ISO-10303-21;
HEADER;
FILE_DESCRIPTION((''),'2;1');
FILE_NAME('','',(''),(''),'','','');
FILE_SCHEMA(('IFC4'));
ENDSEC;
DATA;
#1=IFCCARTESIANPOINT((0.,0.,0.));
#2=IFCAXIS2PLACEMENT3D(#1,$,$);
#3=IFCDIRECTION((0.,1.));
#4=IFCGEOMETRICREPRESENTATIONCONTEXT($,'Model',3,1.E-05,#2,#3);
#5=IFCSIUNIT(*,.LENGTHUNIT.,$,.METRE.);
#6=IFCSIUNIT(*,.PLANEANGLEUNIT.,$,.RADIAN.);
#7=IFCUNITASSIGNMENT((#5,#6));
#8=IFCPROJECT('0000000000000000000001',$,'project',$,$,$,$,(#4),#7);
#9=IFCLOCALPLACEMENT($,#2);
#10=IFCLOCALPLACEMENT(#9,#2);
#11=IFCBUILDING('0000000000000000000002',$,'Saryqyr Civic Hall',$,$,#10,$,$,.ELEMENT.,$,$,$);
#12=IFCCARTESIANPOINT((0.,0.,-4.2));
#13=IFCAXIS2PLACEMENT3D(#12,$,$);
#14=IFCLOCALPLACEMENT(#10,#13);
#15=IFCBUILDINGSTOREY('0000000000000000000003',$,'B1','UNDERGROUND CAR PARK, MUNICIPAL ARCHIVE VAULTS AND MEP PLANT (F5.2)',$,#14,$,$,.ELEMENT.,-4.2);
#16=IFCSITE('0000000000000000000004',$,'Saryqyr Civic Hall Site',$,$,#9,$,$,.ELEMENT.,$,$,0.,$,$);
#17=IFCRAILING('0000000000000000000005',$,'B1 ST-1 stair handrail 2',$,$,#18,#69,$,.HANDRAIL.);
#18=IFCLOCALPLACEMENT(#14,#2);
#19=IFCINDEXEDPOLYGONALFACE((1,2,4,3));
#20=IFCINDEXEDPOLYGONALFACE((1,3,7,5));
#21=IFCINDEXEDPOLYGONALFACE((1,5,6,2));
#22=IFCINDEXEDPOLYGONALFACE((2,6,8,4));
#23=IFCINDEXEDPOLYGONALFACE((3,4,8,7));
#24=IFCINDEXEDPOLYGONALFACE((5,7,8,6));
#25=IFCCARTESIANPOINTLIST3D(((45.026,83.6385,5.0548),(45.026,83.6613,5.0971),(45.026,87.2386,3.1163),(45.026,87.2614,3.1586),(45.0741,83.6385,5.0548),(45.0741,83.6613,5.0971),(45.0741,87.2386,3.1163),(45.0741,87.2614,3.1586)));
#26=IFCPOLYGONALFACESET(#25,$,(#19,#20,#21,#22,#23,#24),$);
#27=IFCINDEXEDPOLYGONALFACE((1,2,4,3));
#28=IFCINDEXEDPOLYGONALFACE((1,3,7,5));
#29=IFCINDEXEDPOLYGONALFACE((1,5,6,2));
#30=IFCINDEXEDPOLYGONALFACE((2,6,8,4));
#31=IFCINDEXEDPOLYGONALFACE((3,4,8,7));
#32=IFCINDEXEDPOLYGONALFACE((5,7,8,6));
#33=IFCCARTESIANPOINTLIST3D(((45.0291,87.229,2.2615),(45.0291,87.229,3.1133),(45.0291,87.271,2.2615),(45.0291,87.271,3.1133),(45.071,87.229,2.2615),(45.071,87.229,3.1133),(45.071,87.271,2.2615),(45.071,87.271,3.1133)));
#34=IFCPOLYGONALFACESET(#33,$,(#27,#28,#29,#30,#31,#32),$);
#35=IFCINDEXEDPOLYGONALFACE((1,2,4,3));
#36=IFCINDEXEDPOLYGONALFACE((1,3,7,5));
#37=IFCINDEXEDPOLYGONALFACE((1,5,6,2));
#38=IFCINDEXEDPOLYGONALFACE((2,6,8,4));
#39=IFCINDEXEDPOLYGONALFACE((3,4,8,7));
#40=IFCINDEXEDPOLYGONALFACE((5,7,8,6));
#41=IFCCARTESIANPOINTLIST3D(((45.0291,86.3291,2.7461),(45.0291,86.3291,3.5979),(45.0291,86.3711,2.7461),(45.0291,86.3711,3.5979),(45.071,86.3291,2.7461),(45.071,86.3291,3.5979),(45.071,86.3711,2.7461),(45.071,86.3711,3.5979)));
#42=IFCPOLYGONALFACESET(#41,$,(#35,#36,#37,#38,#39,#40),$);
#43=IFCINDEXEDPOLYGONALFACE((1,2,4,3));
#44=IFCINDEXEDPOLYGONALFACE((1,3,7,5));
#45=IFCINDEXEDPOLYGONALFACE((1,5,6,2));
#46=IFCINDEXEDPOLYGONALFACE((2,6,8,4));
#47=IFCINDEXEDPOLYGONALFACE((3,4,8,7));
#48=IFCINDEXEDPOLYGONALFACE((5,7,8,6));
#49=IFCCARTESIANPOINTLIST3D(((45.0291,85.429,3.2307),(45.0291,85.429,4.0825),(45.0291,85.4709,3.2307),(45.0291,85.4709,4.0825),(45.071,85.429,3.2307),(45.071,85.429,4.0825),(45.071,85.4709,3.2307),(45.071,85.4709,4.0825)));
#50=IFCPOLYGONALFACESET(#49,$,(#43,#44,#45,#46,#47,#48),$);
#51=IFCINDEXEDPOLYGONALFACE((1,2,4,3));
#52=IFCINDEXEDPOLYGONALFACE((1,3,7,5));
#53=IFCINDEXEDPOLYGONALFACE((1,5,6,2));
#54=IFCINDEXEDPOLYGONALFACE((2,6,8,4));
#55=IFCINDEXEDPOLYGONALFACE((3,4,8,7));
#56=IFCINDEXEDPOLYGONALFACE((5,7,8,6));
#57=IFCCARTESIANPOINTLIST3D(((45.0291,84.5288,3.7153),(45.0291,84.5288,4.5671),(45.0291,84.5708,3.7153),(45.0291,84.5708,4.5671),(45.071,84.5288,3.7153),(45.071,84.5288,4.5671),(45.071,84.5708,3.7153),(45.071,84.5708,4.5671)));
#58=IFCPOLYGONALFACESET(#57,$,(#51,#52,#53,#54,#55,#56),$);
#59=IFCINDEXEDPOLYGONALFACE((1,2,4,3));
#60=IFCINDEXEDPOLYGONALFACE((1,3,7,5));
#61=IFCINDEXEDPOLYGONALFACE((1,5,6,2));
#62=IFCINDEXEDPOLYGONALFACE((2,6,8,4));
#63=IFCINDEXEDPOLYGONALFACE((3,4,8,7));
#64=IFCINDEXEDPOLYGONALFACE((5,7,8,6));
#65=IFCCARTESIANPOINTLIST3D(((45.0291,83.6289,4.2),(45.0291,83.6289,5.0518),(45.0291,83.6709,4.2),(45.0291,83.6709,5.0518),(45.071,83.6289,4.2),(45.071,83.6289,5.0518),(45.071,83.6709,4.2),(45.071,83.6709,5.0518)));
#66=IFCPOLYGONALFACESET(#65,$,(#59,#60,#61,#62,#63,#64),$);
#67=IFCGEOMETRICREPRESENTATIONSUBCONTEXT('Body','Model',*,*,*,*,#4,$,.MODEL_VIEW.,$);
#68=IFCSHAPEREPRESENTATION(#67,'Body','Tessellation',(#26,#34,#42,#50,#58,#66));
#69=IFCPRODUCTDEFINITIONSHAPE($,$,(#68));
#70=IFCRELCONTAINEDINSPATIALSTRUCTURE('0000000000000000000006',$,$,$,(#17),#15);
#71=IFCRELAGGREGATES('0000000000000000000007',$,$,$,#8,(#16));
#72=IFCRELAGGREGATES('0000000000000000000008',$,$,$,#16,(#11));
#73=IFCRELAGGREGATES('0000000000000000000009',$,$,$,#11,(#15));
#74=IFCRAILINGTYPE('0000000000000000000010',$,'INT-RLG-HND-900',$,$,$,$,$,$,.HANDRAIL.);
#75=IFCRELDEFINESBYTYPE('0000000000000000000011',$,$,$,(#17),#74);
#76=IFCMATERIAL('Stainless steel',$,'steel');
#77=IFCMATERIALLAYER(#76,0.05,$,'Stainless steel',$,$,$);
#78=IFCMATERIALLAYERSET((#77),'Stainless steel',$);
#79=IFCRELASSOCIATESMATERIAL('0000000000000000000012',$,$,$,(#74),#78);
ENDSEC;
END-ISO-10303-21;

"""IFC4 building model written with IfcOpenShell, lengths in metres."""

from ifc_helpers import new_model, si_unit, direction, frame, origin, origin_2d, place, context, subcontext, project, spatial, rectangle, extrude, material, layer, layer_set, type_object, element, save


model = new_model("IFC4")

# Units and contexts
model_context = context("Model", 3, precision=1e-05, world=origin(), true_north=direction((0.0, 1.0)))
body_context = subcontext(model_context, "Body", "Model", "MODEL_VIEW")
ifc_project = project(units=[si_unit("LENGTHUNIT", "METRE"), si_unit("PLANEANGLEUNIT", "RADIAN")], contexts=[model_context])

# Site, building, storey
site_placement = place(None, origin())
site = spatial("IfcSite", under=ifc_project, at=site_placement, Name="Saryqyr Civic Hall Site", CompositionType="ELEMENT", RefElevation=0.0)
building_placement = place(site_placement, origin())
building = spatial("IfcBuilding", under=site, at=building_placement, Name="Saryqyr Civic Hall", CompositionType="ELEMENT")
storey_placement = place(building_placement, frame((0.0, 0.0, -4.2)))
storey = spatial("IfcBuildingStorey", under=building, at=storey_placement, Name="B1", Description="UNDERGROUND CAR PARK, MUNICIPAL ARCHIVE VAULTS AND MEP PLANT (F5.2)", CompositionType="ELEMENT", Elevation=-4.2)

# Railing
ifc_material_1 = material(Name="Stainless steel", Category="steel")
ifc_layer_1 = layer(ifc_material_1, 0.05, Name="Stainless steel")
ifc_layer_set_1 = layer_set([ifc_layer_1], Name="Stainless steel")
railing_type_1 = type_object("IfcRailingType", Name="INT-RLG-HND-900", PredefinedType="HANDRAIL", material=ifc_layer_set_1)
railing_1_placement = place(storey_placement, frame((45.05, 87.25, 2.2615)))
element("IfcRailing", 1, at=railing_1_placement, inside=storey, type_object=railing_type_1, Name="B1 ST-1 stair handrail 2", PredefinedType="HANDRAIL", context=body_context, shape_type="SweptSolid", body=[
    extrude(rectangle(XDim=0.0481, YDim=0.0481, at=origin_2d()), frame((0.0, 0.0, 0.876), z_axis=(0.0, -0.880475, 0.474093), x_axis=(1.0, 0.0, 0.0)), (0.0, 0.0, 1.0), 4.0889),
    extrude(rectangle(XDim=0.042, YDim=0.042, at=origin_2d()), origin(), (0.0, 0.0, 1.0), 0.8518),
    extrude(rectangle(XDim=0.042, YDim=0.042, at=origin_2d()), frame((0.0, -0.8999, 0.4846)), (0.0, 0.0, 1.0), 0.8518),
    extrude(rectangle(XDim=0.042, YDim=0.042, at=origin_2d()), frame((0.0, -1.8, 0.9692)), (0.0, 0.0, 1.0), 0.8518),
    extrude(rectangle(XDim=0.042, YDim=0.042, at=origin_2d()), frame((0.0, -2.7002, 1.4539)), (0.0, 0.0, 1.0), 0.8518),
    extrude(rectangle(XDim=0.042, YDim=0.042, at=origin_2d()), frame((0.0, -3.6001, 1.9385)), (0.0, 0.0, 1.0), 0.8518),
])

save(model, "model.ifc")
